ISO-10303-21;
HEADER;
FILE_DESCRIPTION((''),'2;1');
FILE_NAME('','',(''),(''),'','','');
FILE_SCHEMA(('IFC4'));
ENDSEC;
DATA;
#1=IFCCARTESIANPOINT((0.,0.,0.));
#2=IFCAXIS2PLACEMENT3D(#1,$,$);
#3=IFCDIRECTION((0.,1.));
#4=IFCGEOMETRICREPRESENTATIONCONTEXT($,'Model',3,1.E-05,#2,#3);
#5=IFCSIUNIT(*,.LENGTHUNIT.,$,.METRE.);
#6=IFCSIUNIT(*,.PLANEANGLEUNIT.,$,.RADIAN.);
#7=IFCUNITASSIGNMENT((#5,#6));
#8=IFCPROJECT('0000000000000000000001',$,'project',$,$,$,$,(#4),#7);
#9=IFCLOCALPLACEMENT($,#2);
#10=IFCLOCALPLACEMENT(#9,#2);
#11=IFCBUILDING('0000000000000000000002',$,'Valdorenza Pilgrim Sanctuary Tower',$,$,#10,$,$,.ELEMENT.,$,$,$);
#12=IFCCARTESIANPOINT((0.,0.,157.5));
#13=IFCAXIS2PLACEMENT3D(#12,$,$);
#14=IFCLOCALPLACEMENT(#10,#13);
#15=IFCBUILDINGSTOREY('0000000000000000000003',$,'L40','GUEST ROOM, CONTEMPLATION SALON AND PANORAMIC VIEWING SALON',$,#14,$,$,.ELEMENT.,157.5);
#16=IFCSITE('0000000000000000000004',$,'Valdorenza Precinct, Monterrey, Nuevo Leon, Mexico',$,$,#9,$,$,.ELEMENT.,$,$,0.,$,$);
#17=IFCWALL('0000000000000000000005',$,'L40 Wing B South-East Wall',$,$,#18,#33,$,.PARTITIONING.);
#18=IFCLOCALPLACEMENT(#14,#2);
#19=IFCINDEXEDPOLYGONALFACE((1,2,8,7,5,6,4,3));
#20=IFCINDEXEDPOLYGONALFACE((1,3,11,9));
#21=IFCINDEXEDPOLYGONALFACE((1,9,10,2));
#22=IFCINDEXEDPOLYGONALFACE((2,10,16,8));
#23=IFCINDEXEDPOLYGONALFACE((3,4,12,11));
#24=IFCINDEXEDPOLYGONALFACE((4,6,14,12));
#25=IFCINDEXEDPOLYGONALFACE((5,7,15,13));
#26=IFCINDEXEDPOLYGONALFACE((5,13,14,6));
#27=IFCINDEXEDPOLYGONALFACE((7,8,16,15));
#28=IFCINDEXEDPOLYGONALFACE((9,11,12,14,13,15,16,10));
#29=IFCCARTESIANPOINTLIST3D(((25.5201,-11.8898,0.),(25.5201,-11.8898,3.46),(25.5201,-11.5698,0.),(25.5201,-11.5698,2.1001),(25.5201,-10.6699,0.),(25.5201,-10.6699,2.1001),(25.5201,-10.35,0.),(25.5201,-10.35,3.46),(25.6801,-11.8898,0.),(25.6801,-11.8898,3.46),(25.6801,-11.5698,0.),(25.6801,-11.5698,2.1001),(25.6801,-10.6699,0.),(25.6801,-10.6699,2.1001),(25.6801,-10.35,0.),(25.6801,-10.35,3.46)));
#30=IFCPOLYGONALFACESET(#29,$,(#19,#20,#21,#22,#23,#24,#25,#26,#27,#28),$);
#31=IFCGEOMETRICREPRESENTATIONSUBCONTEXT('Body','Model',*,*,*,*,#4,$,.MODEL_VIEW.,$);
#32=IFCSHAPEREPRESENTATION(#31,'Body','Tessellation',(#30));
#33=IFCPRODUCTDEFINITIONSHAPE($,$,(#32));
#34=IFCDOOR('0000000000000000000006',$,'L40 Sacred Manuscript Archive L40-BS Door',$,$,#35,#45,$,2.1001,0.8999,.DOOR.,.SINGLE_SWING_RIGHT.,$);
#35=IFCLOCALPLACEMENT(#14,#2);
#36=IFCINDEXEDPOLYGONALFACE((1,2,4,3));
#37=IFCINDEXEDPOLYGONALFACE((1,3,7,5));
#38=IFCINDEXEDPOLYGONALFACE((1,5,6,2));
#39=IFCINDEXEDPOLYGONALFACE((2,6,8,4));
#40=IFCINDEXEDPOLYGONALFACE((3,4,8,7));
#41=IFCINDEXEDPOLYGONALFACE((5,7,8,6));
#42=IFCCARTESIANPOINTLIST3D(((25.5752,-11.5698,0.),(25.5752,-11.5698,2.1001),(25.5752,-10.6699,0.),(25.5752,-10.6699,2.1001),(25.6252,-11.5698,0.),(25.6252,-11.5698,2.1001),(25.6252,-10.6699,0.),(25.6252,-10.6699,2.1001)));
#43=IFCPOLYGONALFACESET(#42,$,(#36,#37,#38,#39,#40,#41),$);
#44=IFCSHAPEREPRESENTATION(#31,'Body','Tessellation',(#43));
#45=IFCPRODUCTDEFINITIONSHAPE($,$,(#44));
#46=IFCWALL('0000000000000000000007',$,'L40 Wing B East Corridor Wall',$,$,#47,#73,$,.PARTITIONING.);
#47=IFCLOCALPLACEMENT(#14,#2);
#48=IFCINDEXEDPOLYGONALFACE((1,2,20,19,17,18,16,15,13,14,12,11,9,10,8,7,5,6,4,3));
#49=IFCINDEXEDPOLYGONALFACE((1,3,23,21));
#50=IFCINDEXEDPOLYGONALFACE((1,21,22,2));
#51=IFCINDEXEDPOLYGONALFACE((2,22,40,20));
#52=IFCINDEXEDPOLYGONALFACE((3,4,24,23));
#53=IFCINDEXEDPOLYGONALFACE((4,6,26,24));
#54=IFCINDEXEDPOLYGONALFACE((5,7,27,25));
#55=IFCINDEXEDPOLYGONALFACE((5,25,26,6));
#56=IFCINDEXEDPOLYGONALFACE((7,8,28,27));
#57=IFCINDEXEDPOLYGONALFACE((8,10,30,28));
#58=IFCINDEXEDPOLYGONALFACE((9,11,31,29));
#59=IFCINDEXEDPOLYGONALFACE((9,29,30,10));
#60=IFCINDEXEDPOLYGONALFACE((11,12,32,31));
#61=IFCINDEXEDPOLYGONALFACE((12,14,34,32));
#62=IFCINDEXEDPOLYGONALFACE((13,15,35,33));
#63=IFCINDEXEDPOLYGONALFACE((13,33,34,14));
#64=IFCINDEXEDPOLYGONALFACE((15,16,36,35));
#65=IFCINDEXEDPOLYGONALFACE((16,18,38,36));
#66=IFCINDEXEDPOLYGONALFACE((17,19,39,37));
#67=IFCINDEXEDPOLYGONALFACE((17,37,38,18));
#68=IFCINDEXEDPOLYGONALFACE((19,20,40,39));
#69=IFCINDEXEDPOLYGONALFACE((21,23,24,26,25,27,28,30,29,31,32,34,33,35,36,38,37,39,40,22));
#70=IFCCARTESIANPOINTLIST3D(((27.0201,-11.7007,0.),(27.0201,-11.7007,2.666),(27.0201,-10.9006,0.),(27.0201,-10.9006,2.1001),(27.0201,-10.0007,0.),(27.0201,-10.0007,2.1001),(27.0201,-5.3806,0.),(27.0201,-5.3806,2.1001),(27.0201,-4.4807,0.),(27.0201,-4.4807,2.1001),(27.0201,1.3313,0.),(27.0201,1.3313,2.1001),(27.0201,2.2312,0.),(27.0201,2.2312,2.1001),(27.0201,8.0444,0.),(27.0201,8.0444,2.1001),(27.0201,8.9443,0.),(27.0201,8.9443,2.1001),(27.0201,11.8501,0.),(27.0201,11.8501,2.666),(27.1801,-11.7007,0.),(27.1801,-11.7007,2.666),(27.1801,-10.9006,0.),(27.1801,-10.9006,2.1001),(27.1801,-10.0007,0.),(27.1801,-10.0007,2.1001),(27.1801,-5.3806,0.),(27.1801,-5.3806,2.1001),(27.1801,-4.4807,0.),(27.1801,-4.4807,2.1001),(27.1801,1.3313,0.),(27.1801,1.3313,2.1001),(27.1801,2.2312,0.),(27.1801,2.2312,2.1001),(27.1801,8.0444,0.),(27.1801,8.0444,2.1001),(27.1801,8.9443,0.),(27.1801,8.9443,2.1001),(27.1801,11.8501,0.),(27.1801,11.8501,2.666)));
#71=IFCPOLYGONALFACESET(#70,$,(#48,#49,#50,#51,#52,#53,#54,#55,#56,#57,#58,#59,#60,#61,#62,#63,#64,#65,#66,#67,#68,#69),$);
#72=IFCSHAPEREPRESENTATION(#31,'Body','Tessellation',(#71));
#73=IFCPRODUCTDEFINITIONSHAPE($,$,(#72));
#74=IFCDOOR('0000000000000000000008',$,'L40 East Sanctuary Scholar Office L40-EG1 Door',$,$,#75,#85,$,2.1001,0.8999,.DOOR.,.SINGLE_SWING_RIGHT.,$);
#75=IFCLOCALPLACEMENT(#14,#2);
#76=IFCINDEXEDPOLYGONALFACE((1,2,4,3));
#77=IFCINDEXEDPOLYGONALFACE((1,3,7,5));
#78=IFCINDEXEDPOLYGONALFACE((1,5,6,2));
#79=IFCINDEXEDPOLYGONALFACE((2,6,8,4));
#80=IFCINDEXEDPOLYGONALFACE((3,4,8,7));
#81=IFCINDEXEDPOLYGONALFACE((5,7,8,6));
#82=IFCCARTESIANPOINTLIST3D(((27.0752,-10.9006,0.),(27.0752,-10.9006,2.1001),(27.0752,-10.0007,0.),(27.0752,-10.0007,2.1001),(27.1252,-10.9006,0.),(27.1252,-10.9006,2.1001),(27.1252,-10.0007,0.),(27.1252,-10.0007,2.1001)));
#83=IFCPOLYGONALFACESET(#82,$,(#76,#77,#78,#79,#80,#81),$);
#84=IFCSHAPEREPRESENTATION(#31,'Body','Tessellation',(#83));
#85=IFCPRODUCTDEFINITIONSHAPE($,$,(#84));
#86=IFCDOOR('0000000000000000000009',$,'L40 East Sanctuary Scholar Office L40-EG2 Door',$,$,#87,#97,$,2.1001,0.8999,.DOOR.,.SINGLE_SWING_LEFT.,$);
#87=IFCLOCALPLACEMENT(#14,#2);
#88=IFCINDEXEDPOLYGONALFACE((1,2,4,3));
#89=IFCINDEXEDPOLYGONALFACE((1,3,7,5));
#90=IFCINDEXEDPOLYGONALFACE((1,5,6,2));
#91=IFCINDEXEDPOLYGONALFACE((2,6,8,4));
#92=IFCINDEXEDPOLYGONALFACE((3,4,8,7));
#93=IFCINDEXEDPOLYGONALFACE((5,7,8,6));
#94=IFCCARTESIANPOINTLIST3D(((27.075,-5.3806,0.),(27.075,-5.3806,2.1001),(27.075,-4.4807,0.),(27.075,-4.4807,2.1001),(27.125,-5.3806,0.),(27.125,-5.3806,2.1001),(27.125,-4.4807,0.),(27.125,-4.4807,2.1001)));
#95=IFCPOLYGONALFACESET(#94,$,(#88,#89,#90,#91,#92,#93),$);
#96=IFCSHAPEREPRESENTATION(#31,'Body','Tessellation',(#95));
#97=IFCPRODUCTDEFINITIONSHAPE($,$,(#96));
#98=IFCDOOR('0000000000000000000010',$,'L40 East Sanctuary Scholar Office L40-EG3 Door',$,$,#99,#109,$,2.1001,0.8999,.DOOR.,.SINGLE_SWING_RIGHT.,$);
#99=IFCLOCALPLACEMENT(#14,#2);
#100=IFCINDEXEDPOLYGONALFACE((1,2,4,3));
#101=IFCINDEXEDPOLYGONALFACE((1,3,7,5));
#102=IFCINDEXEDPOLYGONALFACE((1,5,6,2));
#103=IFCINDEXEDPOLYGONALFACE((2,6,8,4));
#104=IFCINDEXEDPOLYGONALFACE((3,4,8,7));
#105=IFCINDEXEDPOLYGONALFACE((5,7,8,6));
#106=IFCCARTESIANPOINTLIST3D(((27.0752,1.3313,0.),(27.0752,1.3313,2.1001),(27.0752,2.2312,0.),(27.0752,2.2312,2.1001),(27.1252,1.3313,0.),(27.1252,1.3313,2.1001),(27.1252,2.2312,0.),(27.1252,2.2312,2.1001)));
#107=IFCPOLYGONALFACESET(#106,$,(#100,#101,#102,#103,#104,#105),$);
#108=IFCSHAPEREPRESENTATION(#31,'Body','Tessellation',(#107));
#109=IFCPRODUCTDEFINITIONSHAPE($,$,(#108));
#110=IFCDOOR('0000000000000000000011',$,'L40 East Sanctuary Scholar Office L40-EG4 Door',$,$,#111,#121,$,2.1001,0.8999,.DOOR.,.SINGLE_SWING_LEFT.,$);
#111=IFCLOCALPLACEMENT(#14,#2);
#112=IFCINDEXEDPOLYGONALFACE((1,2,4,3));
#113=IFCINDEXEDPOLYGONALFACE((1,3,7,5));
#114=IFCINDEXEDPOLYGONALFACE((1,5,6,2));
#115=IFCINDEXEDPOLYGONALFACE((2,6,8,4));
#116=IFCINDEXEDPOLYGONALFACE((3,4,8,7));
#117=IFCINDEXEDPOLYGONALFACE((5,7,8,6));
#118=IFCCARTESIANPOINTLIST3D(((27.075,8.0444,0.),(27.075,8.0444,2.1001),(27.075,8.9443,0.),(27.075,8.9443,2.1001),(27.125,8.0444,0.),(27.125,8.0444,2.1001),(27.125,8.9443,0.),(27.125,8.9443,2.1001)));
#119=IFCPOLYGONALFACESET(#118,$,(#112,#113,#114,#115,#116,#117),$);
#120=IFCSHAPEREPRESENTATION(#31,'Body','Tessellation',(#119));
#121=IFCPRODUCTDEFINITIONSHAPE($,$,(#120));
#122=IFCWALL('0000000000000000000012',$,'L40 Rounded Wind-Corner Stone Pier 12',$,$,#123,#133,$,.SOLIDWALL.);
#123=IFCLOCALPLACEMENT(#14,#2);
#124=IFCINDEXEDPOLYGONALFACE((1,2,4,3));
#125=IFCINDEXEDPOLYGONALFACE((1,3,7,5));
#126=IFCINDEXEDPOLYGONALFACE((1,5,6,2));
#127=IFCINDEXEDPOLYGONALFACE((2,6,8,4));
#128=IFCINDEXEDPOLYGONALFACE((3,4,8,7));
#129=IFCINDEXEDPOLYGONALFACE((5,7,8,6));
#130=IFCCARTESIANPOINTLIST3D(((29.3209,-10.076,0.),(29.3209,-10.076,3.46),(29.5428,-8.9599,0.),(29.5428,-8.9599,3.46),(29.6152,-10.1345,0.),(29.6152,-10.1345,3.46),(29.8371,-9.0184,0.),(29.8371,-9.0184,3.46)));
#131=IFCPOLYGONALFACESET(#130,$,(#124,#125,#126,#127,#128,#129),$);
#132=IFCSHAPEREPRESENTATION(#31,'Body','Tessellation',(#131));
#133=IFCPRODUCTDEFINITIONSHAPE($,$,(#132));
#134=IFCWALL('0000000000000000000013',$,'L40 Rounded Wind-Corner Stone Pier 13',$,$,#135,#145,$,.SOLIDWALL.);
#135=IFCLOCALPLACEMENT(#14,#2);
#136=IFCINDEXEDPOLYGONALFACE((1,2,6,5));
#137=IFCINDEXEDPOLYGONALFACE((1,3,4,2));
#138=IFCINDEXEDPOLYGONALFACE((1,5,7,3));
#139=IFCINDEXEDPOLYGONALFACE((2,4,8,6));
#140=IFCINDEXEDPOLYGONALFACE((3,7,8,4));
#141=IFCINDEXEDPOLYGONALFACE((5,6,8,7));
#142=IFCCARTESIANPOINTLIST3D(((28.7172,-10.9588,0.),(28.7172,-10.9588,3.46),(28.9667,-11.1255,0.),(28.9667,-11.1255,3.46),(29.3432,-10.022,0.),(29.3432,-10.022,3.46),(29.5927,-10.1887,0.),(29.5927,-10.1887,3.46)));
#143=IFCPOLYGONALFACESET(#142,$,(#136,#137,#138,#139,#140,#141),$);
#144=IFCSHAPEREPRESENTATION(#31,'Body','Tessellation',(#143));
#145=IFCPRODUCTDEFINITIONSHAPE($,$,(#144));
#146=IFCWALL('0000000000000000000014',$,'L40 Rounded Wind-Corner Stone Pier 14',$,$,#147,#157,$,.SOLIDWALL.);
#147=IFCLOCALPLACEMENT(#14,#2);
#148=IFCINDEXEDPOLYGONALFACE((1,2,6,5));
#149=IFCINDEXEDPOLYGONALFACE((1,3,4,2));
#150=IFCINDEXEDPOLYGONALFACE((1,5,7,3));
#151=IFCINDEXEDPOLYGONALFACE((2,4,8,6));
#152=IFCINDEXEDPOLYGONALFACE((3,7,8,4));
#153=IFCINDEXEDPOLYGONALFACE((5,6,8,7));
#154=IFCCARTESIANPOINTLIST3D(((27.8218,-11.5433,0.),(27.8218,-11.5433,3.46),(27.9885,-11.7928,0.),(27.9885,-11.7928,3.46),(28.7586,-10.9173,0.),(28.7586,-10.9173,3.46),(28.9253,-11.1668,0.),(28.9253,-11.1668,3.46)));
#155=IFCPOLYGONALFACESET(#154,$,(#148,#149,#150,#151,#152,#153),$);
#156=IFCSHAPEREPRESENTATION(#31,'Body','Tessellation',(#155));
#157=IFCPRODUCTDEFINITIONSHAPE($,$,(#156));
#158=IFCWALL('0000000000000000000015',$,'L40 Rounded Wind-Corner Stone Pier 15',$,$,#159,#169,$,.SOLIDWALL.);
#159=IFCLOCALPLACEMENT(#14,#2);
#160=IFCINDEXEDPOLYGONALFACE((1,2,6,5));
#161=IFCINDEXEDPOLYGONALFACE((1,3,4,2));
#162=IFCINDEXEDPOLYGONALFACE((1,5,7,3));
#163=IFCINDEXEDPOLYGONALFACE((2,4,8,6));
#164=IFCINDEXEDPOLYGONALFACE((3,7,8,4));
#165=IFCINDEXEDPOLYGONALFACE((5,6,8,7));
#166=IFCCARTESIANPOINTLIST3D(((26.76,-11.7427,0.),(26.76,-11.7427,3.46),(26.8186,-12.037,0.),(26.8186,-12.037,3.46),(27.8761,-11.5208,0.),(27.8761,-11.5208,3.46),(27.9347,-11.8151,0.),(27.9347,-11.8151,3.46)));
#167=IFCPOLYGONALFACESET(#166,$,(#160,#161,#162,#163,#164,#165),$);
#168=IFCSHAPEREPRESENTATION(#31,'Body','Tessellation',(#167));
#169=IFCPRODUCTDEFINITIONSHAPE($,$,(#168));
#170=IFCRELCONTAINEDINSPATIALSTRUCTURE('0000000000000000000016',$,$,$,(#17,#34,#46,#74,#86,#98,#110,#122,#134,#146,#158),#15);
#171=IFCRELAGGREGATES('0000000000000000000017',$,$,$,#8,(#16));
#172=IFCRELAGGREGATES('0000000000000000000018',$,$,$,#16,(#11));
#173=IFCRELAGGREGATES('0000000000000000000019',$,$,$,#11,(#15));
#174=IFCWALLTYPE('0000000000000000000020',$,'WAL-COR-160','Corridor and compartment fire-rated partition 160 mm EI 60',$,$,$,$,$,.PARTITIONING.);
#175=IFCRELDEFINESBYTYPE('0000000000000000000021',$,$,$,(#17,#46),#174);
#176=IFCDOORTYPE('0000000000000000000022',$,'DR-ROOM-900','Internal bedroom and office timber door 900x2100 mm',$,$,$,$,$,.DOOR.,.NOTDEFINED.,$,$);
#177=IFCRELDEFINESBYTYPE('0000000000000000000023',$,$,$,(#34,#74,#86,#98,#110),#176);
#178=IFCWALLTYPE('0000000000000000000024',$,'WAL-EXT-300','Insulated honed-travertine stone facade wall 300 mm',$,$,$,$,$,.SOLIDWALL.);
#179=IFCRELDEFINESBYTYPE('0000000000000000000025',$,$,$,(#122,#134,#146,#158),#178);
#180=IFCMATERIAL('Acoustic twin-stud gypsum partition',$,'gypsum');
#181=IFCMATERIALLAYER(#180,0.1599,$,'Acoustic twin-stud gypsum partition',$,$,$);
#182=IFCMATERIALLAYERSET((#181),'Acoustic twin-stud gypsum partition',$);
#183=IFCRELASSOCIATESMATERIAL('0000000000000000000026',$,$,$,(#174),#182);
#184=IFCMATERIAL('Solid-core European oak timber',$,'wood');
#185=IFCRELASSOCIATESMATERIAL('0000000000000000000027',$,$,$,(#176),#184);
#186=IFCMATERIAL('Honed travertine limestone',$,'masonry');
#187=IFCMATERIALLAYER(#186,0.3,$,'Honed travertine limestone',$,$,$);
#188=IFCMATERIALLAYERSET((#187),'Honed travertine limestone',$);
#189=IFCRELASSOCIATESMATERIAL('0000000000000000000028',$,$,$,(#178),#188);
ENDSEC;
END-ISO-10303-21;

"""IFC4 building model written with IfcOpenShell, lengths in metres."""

from ifc_helpers import new_model, si_unit, direction, frame, frame_2d, origin, place, context, subcontext, project, spatial, rectangle, extrude, material, layer, layer_set, type_object, element, fill, save


model = new_model("IFC4")

# Units and contexts
model_context = context("Model", 3, precision=1e-05, world=origin(), true_north=direction((0.0, 1.0)))
body_context = subcontext(model_context, "Body", "Model", "MODEL_VIEW")
ifc_project = project(units=[si_unit("LENGTHUNIT", "METRE"), si_unit("PLANEANGLEUNIT", "RADIAN")], contexts=[model_context])

# Site, building, storey
site_placement = place(None, origin())
site = spatial("IfcSite", under=ifc_project, at=site_placement, Name="Valdorenza Precinct, Monterrey, Nuevo Leon, Mexico", CompositionType="ELEMENT", RefElevation=0.0)
building_placement = place(site_placement, origin())
building = spatial("IfcBuilding", under=site, at=building_placement, Name="Valdorenza Pilgrim Sanctuary Tower", CompositionType="ELEMENT")
storey_placement = place(building_placement, frame((0.0, 0.0, 157.5)))
storey = spatial("IfcBuildingStorey", under=building, at=storey_placement, Name="L40", Description="GUEST ROOM, CONTEMPLATION SALON AND PANORAMIC VIEWING SALON", CompositionType="ELEMENT", Elevation=157.5)

# Wall, opening, door
ifc_material_1 = material(Name="Acoustic twin-stud gypsum partition", Category="gypsum")
ifc_layer_1 = layer(ifc_material_1, 0.1599, Name="Acoustic twin-stud gypsum partition")
ifc_layer_set_1 = layer_set([ifc_layer_1], Name="Acoustic twin-stud gypsum partition")
wall_type_1 = type_object("IfcWallType", Name="WAL-COR-160", Description="Corridor and compartment fire-rated partition 160 mm EI 60", PredefinedType="PARTITIONING", material=ifc_layer_set_1)
wall_1_placement = place(storey_placement, frame((25.6001, -11.8899, 0.0), z_axis=(0.0, 0.0, 1.0), x_axis=(0.0, 1.0, 0.0)))
wall_1 = element("IfcWall", 1, at=wall_1_placement, inside=storey, type_object=wall_type_1, Name="L40 Wing B South-East Wall", PredefinedType="PARTITIONING", context=body_context, shape_type="SweptSolid", body=[
    extrude(rectangle(XDim=1.5398, YDim=0.1599, at=frame_2d((0.77, 0.0))), origin(), (0.0, 0.0, 1.0), 3.46),
])
opening_1_placement = place(wall_1_placement, frame((0.3201, 0.0, 0.0)))
opening_1 = element("IfcOpeningElement", 2, at=opening_1_placement, cuts=wall_1, PredefinedType="OPENING", context=body_context, shape_type="SweptSolid", body=[
    extrude(rectangle(XDim=0.8999, YDim=2.1001, at=frame_2d((0.45, 1.05))), frame((0.0, 0.0947, 0.0), z_axis=(0.0, -1.0, 0.0), x_axis=(1.0, 0.0, 0.0)), (0.0, 0.0, 1.0), 0.1897),
])
ifc_material_2 = material(Name="Solid-core European oak timber", Category="wood")
door_type = type_object("IfcDoorType", Name="DR-ROOM-900", Description="Internal bedroom and office timber door 900x2100 mm", OperationType="NOTDEFINED", PredefinedType="DOOR", material=ifc_material_2)
door_1_placement = place(opening_1_placement, origin())
door_1 = element("IfcDoor", 3, at=door_1_placement, inside=storey, type_object=door_type, Name="L40 Sacred Manuscript Archive L40-BS Door", OperationType="SINGLE_SWING_RIGHT", OverallHeight=2.1001, OverallWidth=0.8999, PredefinedType="DOOR", context=body_context, shape_type="SweptSolid", body=[
    extrude(rectangle(XDim=0.8999, YDim=2.1001, at=frame_2d((0.45, 1.05))), frame((0.0, 0.0249, 0.0), z_axis=(0.0, -1.0, 0.0), x_axis=(1.0, 0.0, 0.0)), (0.0, 0.0, 1.0), 0.05),
])
fill(opening_1, door_1)

# Wall, openings, doors
wall_2_placement = place(storey_placement, frame((27.1001, -11.7007, 0.0), z_axis=(0.0, 0.0, 1.0), x_axis=(0.0, 1.0, 0.0)))
wall_2 = element("IfcWall", 4, at=wall_2_placement, inside=storey, type_object=wall_type_1, Name="L40 Wing B East Corridor Wall", PredefinedType="PARTITIONING", context=body_context, shape_type="SweptSolid", body=[
    extrude(rectangle(XDim=23.5508, YDim=0.1599, at=frame_2d((11.7754, 0.0))), origin(), (0.0, 0.0, 1.0), 2.666),
])
opening_2_placement = place(wall_2_placement, frame((0.8, 0.0, 0.0)))
opening_2 = element("IfcOpeningElement", 5, at=opening_2_placement, cuts=wall_2, PredefinedType="OPENING", context=body_context, shape_type="SweptSolid", body=[
    extrude(rectangle(XDim=0.8999, YDim=2.1001, at=frame_2d((0.45, 1.05))), frame((0.0, 0.0947, 0.0), z_axis=(0.0, -1.0, 0.0), x_axis=(1.0, 0.0, 0.0)), (0.0, 0.0, 1.0), 0.1897),
])
opening_3_placement = place(wall_2_placement, frame((6.3201, 0.0, 0.0)))
opening_3 = element("IfcOpeningElement", 6, at=opening_3_placement, cuts=wall_2, PredefinedType="OPENING", context=body_context, shape_type="SweptSolid", body=[
    extrude(rectangle(XDim=0.8999, YDim=2.1001, at=frame_2d((0.45, 1.05))), frame((0.0, 0.0947, 0.0), z_axis=(0.0, -1.0, 0.0), x_axis=(1.0, 0.0, 0.0)), (0.0, 0.0, 1.0), 0.1897),
])
opening_4_placement = place(wall_2_placement, frame((13.032, 0.0, 0.0)))
opening_4 = element("IfcOpeningElement", 7, at=opening_4_placement, cuts=wall_2, PredefinedType="OPENING", context=body_context, shape_type="SweptSolid", body=[
    extrude(rectangle(XDim=0.8999, YDim=2.1001, at=frame_2d((0.45, 1.05))), frame((0.0, 0.0947, 0.0), z_axis=(0.0, -1.0, 0.0), x_axis=(1.0, 0.0, 0.0)), (0.0, 0.0, 1.0), 0.1897),
])
opening_5_placement = place(wall_2_placement, frame((19.7451, 0.0, 0.0)))
opening_5 = element("IfcOpeningElement", 8, at=opening_5_placement, cuts=wall_2, PredefinedType="OPENING", context=body_context, shape_type="SweptSolid", body=[
    extrude(rectangle(XDim=0.8999, YDim=2.1001, at=frame_2d((0.45, 1.05))), frame((0.0, 0.0947, 0.0), z_axis=(0.0, -1.0, 0.0), x_axis=(1.0, 0.0, 0.0)), (0.0, 0.0, 1.0), 0.1897),
])
door_2_placement = place(opening_2_placement, origin())
door_2 = element("IfcDoor", 9, at=door_2_placement, inside=storey, type_object=door_type, Name="L40 East Sanctuary Scholar Office L40-EG1 Door", OperationType="SINGLE_SWING_RIGHT", OverallHeight=2.1001, OverallWidth=0.8999, PredefinedType="DOOR", context=body_context, shape_type="SweptSolid", body=[
    extrude(rectangle(XDim=0.8999, YDim=2.1001, at=frame_2d((0.45, 1.05))), frame((0.0, 0.0249, 0.0), z_axis=(0.0, -1.0, 0.0), x_axis=(1.0, 0.0, 0.0)), (0.0, 0.0, 1.0), 0.05),
])
fill(opening_2, door_2)
door_3_placement = place(opening_3_placement, frame((0.8999, 0.0, 0.0), z_axis=(0.0, 0.0, 1.0), x_axis=(-1.0, 0.0, 0.0)))
door_3 = element("IfcDoor", 10, at=door_3_placement, inside=storey, type_object=door_type, Name="L40 East Sanctuary Scholar Office L40-EG2 Door", OperationType="SINGLE_SWING_LEFT", OverallHeight=2.1001, OverallWidth=0.8999, PredefinedType="DOOR", context=body_context, shape_type="SweptSolid", body=[
    extrude(rectangle(XDim=0.8999, YDim=2.1001, at=frame_2d((0.45, 1.05))), frame((0.0, 0.0249, 0.0), z_axis=(0.0, -1.0, 0.0), x_axis=(1.0, 0.0, 0.0)), (0.0, 0.0, 1.0), 0.05),
])
fill(opening_3, door_3)
door_4_placement = place(opening_4_placement, origin())
door_4 = element("IfcDoor", 11, at=door_4_placement, inside=storey, type_object=door_type, Name="L40 East Sanctuary Scholar Office L40-EG3 Door", OperationType="SINGLE_SWING_RIGHT", OverallHeight=2.1001, OverallWidth=0.8999, PredefinedType="DOOR", context=body_context, shape_type="SweptSolid", body=[
    extrude(rectangle(XDim=0.8999, YDim=2.1001, at=frame_2d((0.45, 1.05))), frame((0.0, 0.0249, 0.0), z_axis=(0.0, -1.0, 0.0), x_axis=(1.0, 0.0, 0.0)), (0.0, 0.0, 1.0), 0.05),
])
fill(opening_4, door_4)
door_5_placement = place(opening_5_placement, frame((0.8999, 0.0, 0.0), z_axis=(0.0, 0.0, 1.0), x_axis=(-1.0, 0.0, 0.0)))
door_5 = element("IfcDoor", 12, at=door_5_placement, inside=storey, type_object=door_type, Name="L40 East Sanctuary Scholar Office L40-EG4 Door", OperationType="SINGLE_SWING_LEFT", OverallHeight=2.1001, OverallWidth=0.8999, PredefinedType="DOOR", context=body_context, shape_type="SweptSolid", body=[
    extrude(rectangle(XDim=0.8999, YDim=2.1001, at=frame_2d((0.45, 1.05))), frame((0.0, 0.0249, 0.0), z_axis=(0.0, -1.0, 0.0), x_axis=(1.0, 0.0, 0.0)), (0.0, 0.0, 1.0), 0.05),
])
fill(opening_5, door_5)

# Walls
ifc_material_3 = material(Name="Honed travertine limestone", Category="masonry")
ifc_layer_2 = layer(ifc_material_3, 0.3, Name="Honed travertine limestone")
ifc_layer_set_2 = layer_set([ifc_layer_2], Name="Honed travertine limestone")
wall_type_2 = type_object("IfcWallType", Name="WAL-EXT-300", Description="Insulated honed-travertine stone facade wall 300 mm", PredefinedType="SOLIDWALL", material=ifc_layer_set_2)
wall_3_placement = place(storey_placement, frame((29.6899, -8.9893, 0.0), z_axis=(0.0, 0.0, 1.0), x_axis=(-0.195043, -0.980795, 0.0)))
element("IfcWall", 13, at=wall_3_placement, inside=storey, type_object=wall_type_2, Name="L40 Rounded Wind-Corner Stone Pier 12", PredefinedType="SOLIDWALL", context=body_context, shape_type="SweptSolid", body=[
    extrude(rectangle(XDim=1.1379, YDim=0.3, at=frame_2d((0.5688, 0.0))), origin(), (0.0, 0.0, 1.0), 3.46),
])
for number, where, z_axis, x_axis, name in (
    (14, (29.468, -10.1052, 0.0), (0.0, 0.0, 1.0), (-0.5556, -0.83145, 0.0), "L40 Rounded Wind-Corner Stone Pier 13"),
    (15, (28.842, -11.042, 0.0), (0.0, 0.0, 1.0), (-0.83145, -0.5556, 0.0), "L40 Rounded Wind-Corner Stone Pier 14"),
):
    element("IfcWall", number, at=place(storey_placement, frame(where, z_axis=z_axis, x_axis=x_axis)), inside=storey, type_object=wall_type_2, Name=name, PredefinedType="SOLIDWALL", context=body_context, shape_type="SweptSolid", body=[
        extrude(rectangle(XDim=1.1267, YDim=0.3, at=frame_2d((0.5635, 0.0))), origin(), (0.0, 0.0, 1.0), 3.46),
    ])
wall_4_placement = place(storey_placement, frame((27.9053, -11.668, 0.0), z_axis=(0.0, 0.0, 1.0), x_axis=(-0.980795, -0.195043, 0.0)))
element("IfcWall", 16, at=wall_4_placement, inside=storey, type_object=wall_type_2, Name="L40 Rounded Wind-Corner Stone Pier 15", PredefinedType="SOLIDWALL", context=body_context, shape_type="SweptSolid", body=[
    extrude(rectangle(XDim=1.1379, YDim=0.3, at=frame_2d((0.5688, 0.0))), origin(), (0.0, 0.0, 1.0), 3.46),
])

save(model, "model.ifc")
